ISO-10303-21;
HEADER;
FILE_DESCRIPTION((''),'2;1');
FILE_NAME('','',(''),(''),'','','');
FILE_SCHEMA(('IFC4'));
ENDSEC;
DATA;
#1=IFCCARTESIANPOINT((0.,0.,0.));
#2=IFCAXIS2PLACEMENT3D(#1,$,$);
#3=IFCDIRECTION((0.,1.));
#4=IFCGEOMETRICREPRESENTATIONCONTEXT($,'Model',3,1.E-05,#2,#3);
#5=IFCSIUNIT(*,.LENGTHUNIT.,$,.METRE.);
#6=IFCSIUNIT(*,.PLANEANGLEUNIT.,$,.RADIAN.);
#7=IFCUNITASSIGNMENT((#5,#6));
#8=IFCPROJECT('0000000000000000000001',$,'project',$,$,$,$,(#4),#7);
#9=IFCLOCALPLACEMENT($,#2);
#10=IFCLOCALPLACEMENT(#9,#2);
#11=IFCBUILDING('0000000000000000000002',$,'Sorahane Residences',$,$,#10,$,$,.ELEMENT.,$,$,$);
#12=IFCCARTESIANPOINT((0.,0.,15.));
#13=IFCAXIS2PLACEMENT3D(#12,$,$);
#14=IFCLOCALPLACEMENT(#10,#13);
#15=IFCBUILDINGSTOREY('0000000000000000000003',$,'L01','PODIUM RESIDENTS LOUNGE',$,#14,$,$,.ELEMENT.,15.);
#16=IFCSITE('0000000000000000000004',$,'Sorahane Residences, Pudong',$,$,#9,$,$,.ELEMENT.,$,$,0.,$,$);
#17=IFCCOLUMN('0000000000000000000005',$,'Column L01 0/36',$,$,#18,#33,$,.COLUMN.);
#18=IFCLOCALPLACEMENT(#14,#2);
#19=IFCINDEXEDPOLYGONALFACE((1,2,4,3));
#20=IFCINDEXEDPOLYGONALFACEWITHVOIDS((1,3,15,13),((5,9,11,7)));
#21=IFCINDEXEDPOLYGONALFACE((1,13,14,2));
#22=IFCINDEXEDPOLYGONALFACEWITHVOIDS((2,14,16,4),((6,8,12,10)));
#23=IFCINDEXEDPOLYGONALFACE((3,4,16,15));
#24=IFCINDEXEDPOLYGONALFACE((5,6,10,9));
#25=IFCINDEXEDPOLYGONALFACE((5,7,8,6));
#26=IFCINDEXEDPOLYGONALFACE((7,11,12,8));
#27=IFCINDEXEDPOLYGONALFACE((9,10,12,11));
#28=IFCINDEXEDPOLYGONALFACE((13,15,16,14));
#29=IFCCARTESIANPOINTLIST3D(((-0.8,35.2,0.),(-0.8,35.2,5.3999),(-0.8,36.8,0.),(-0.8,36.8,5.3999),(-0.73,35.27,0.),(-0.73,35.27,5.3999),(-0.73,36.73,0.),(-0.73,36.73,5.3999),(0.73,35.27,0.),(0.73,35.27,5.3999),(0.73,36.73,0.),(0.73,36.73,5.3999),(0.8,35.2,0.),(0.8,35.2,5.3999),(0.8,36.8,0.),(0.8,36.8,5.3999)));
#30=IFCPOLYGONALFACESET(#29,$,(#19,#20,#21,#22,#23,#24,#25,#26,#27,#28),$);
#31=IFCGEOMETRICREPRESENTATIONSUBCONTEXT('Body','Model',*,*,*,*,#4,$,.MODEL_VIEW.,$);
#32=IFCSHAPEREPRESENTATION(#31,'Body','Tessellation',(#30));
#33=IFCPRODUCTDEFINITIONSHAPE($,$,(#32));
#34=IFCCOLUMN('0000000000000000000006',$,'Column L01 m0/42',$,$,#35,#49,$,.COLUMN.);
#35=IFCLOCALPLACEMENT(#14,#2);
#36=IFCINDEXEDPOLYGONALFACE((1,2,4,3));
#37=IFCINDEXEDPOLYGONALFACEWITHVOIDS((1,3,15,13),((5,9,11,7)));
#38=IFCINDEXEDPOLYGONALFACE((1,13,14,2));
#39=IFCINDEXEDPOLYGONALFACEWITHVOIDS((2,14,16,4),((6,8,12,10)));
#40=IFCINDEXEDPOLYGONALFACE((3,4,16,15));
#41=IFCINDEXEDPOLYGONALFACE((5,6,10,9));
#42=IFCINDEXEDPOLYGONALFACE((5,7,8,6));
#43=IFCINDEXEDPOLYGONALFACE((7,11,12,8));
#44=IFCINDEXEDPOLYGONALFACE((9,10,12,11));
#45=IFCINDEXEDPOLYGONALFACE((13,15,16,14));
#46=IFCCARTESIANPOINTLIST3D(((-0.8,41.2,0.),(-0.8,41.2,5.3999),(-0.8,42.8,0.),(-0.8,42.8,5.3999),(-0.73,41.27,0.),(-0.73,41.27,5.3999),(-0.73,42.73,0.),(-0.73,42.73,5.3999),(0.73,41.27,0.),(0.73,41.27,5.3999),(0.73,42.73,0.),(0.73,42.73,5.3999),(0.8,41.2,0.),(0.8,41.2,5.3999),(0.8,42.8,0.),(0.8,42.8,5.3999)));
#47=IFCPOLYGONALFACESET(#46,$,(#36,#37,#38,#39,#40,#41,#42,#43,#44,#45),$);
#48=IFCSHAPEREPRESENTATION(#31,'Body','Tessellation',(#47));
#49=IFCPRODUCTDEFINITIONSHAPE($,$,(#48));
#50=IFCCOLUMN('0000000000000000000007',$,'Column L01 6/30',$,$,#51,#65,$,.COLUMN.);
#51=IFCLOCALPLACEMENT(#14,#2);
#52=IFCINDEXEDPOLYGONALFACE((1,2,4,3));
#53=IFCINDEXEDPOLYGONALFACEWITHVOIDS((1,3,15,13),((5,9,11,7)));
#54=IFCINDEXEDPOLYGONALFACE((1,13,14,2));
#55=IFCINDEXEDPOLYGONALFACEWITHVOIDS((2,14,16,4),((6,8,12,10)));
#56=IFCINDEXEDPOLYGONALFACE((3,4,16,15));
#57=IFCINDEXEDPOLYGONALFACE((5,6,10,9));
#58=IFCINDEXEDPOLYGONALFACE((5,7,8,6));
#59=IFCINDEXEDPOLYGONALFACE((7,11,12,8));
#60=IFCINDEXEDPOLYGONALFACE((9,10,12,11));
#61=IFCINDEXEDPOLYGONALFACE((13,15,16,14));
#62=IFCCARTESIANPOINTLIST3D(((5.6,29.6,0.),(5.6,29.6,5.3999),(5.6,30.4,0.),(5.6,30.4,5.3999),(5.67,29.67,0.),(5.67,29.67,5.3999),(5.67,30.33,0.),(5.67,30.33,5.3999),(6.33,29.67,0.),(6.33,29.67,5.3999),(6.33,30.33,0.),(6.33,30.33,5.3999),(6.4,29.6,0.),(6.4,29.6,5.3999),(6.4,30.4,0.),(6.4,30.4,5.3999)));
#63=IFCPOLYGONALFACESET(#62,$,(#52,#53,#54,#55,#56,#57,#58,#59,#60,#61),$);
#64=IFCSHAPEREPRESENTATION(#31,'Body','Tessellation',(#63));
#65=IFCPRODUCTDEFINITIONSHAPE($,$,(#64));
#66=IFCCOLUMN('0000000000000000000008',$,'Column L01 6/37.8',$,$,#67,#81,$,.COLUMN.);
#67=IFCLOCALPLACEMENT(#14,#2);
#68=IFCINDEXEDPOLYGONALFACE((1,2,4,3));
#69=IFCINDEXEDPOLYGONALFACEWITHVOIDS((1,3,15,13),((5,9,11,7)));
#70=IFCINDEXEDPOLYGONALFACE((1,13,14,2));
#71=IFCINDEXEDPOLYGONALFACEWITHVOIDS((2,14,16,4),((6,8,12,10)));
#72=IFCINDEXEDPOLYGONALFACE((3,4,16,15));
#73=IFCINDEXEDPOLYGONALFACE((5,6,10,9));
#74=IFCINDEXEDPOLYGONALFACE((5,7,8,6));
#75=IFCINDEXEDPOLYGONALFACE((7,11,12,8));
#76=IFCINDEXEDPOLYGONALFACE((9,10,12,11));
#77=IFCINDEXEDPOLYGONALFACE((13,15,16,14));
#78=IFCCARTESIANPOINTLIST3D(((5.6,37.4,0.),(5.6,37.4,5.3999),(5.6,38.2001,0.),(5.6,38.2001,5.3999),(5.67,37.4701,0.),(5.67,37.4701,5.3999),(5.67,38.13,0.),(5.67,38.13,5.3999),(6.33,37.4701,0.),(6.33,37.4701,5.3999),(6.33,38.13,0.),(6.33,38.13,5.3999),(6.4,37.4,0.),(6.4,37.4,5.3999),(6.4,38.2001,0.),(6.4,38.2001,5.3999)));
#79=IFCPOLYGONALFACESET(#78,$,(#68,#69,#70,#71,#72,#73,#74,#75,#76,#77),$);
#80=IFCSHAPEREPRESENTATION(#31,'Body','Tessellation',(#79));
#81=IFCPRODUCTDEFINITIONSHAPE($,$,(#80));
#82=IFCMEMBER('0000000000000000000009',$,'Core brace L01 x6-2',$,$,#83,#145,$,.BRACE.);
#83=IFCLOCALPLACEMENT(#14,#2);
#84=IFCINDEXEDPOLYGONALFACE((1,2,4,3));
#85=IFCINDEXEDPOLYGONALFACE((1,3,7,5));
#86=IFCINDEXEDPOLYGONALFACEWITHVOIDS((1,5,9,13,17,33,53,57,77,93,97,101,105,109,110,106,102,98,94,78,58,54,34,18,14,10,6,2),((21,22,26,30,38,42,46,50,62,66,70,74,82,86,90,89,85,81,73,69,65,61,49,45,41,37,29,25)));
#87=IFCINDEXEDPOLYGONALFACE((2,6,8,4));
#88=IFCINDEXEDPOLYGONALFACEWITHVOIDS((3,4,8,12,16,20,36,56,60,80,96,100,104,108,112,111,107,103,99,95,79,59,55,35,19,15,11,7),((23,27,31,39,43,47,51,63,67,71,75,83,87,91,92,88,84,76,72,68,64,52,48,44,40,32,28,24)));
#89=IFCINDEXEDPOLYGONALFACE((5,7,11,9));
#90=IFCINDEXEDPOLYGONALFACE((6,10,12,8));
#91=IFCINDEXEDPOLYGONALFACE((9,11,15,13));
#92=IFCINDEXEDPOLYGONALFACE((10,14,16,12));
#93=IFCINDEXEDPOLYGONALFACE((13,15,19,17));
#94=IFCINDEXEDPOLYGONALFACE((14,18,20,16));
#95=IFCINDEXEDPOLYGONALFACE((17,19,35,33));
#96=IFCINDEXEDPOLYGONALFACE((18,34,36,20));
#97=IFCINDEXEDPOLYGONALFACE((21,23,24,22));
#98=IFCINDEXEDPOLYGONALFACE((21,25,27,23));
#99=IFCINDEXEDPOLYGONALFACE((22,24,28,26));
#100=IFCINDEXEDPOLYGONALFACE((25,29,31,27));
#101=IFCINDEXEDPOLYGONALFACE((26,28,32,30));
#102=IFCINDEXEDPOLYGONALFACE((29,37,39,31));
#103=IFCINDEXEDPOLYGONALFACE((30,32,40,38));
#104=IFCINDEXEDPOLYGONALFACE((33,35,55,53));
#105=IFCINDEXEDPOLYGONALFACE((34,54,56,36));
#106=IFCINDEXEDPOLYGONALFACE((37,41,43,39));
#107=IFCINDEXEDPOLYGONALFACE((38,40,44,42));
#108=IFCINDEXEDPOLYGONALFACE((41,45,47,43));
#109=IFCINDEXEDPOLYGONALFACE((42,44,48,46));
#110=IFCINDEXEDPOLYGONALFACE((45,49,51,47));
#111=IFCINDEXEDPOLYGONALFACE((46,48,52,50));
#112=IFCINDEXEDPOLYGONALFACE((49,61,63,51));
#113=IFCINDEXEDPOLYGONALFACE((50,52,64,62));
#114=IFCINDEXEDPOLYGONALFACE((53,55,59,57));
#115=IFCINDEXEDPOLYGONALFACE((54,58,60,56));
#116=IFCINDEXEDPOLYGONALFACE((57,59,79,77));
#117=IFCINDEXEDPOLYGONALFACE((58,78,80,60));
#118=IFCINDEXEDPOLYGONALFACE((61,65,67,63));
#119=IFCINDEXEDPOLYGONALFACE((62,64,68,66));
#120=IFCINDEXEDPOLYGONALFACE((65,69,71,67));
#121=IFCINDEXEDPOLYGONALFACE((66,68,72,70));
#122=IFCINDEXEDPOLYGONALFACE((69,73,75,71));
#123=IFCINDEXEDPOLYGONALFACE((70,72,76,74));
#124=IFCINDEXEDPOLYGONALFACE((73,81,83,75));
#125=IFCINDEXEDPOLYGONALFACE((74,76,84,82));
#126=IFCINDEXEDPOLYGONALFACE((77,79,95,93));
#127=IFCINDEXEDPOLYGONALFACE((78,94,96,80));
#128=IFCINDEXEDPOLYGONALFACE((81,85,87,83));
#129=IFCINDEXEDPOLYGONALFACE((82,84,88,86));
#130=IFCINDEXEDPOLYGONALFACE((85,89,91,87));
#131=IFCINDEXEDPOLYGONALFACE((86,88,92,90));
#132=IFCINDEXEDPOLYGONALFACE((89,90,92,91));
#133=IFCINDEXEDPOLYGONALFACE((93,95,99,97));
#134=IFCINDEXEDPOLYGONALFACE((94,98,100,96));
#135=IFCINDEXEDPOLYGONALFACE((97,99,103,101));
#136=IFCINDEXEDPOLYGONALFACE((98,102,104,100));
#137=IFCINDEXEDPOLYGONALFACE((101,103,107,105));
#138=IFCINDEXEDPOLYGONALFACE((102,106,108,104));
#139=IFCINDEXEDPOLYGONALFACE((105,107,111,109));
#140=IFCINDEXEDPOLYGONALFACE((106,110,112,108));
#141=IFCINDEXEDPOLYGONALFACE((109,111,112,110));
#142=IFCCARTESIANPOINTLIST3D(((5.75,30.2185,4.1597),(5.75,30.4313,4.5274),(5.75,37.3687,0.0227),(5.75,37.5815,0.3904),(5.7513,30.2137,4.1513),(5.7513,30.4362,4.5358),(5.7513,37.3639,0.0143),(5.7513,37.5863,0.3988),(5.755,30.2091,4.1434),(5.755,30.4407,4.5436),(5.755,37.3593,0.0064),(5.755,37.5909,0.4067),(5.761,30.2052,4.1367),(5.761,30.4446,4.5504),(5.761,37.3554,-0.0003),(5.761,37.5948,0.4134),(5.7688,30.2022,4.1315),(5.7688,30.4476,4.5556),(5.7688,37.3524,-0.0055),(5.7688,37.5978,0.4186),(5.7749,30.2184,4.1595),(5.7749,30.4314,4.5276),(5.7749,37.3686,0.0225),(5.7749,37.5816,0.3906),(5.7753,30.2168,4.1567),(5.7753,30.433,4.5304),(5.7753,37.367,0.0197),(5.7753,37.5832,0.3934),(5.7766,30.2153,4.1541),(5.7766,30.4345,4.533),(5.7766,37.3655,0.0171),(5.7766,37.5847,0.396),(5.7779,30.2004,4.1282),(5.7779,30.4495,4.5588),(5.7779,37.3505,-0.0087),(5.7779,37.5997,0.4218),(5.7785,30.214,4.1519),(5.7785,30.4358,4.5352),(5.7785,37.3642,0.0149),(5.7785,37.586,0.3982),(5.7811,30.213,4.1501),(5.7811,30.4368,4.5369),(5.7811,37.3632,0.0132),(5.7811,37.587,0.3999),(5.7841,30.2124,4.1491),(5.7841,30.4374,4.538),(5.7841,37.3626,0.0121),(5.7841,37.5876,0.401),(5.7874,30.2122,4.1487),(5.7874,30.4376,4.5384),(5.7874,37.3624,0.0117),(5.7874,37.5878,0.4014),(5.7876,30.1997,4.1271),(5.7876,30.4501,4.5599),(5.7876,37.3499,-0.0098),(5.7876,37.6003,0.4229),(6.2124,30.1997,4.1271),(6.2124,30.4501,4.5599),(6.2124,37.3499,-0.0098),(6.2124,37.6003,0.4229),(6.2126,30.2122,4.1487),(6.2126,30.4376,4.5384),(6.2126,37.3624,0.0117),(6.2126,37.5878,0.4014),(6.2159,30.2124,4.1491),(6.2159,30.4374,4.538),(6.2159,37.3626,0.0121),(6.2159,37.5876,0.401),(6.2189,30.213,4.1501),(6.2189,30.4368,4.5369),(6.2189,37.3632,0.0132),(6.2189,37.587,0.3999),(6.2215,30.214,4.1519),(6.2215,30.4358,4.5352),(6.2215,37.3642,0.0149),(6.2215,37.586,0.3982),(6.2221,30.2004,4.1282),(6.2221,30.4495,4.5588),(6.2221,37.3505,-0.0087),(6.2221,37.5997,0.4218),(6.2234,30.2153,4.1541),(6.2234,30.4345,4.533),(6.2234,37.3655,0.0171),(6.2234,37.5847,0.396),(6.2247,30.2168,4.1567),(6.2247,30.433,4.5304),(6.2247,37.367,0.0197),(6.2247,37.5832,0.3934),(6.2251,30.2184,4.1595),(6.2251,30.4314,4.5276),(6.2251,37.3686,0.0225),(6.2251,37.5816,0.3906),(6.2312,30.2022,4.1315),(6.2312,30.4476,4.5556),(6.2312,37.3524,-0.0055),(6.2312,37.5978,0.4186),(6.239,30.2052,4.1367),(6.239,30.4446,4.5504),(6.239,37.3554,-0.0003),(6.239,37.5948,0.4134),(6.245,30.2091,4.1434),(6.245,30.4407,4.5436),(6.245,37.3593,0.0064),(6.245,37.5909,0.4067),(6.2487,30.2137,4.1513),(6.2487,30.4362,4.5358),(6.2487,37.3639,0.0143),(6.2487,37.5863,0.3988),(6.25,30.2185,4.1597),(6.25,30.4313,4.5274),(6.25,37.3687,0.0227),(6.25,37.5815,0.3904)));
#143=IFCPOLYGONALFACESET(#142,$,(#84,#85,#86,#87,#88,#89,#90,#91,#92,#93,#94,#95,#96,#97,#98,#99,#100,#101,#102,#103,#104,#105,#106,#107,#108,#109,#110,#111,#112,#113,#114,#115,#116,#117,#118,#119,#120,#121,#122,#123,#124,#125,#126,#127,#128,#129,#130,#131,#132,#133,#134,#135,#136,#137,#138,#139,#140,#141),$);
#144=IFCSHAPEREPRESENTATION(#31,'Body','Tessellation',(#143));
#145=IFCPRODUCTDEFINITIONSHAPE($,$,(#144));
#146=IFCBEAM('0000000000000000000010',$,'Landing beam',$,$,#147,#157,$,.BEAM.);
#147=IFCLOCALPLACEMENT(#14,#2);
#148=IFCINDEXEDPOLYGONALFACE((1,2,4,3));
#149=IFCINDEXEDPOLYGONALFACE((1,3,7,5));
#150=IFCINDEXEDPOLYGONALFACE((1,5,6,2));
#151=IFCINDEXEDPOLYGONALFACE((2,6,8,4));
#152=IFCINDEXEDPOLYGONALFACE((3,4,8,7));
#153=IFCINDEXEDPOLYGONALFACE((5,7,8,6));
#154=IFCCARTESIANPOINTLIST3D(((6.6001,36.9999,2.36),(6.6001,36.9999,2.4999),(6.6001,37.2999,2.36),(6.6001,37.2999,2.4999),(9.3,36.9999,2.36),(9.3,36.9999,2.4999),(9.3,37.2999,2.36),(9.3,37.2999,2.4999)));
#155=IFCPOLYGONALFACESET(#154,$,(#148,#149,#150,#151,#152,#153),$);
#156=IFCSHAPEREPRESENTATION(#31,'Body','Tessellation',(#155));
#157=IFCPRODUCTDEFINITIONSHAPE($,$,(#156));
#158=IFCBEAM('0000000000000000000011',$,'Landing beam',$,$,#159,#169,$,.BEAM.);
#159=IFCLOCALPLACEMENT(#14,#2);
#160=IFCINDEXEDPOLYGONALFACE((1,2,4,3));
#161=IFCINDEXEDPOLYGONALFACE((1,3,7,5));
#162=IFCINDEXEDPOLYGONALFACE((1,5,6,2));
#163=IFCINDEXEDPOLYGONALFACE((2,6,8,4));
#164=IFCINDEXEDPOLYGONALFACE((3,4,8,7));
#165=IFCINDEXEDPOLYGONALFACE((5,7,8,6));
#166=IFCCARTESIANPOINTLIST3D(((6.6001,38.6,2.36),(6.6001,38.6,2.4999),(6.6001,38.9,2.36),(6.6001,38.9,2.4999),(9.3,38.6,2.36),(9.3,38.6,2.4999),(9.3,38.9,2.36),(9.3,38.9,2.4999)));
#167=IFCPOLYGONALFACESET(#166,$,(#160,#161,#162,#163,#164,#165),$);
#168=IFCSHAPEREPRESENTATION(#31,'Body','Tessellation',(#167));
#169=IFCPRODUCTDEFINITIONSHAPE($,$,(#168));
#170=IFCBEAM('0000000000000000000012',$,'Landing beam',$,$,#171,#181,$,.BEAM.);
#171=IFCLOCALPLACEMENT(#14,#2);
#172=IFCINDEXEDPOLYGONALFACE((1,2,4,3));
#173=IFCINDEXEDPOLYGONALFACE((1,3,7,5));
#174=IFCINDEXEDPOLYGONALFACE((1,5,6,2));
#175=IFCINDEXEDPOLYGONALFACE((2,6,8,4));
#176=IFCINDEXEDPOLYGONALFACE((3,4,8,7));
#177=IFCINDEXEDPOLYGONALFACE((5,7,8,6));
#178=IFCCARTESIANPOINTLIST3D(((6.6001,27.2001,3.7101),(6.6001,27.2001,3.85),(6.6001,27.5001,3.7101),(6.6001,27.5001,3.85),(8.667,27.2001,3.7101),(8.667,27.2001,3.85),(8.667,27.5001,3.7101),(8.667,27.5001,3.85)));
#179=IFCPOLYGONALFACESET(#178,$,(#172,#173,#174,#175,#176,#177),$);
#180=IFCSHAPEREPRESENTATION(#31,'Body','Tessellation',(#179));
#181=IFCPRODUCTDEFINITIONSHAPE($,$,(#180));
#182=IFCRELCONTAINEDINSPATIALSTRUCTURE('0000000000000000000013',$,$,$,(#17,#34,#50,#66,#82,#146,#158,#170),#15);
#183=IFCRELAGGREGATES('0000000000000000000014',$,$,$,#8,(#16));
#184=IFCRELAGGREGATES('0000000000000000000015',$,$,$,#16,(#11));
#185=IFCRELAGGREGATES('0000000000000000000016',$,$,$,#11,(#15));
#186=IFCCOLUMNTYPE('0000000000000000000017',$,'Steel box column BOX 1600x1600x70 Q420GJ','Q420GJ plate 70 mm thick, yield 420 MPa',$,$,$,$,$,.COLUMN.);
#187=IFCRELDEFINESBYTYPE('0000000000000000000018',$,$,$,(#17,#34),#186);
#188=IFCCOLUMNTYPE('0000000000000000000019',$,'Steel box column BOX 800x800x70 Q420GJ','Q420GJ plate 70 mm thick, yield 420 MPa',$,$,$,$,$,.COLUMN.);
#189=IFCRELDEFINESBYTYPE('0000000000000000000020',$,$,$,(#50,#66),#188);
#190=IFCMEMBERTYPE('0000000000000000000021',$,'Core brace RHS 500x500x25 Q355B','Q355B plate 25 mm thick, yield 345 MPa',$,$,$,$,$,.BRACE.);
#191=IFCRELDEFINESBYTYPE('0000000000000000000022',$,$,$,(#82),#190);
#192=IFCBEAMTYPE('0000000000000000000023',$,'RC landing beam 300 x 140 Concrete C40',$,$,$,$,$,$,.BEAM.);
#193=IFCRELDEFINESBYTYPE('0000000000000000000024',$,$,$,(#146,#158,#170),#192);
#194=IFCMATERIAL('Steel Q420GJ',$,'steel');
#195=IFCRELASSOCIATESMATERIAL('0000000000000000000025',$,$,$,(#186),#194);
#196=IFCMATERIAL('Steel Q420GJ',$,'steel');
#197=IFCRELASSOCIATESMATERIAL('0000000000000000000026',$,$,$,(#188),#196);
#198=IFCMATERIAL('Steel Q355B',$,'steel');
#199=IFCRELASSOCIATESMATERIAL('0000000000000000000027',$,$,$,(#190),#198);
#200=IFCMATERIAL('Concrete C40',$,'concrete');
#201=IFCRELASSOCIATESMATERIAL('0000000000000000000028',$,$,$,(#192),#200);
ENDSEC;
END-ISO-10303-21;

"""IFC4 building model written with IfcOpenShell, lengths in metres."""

from ifc_helpers import new_model, si_unit, direction, frame, origin, origin_2d, place, context, subcontext, project, spatial, rectangle, hollow_rectangle, extrude, material, material_profile, profile_set, type_object, element, save


model = new_model("IFC4")

# Units and contexts
model_context = context("Model", 3, precision=1e-05, world=origin(), true_north=direction((0.0, 1.0)))
body_context = subcontext(model_context, "Body", "Model", "MODEL_VIEW")
ifc_project = project(units=[si_unit("LENGTHUNIT", "METRE"), si_unit("PLANEANGLEUNIT", "RADIAN")], contexts=[model_context])

# Site, building, storey
site_placement = place(None, origin())
site = spatial("IfcSite", under=ifc_project, at=site_placement, Name="Sorahane Residences, Pudong", CompositionType="ELEMENT", RefElevation=0.0)
building_placement = place(site_placement, origin())
building = spatial("IfcBuilding", under=site, at=building_placement, Name="Sorahane Residences", CompositionType="ELEMENT")
storey_placement = place(building_placement, frame((0.0, 0.0, 15.0)))
storey = spatial("IfcBuildingStorey", under=building, at=storey_placement, Name="L01", Description="PODIUM RESIDENTS LOUNGE", CompositionType="ELEMENT", Elevation=15.0)

# Columns
ifc_material_1 = material(Name="Steel Q420GJ", Category="steel")
ifc_material_profile_1 = material_profile(ifc_material_1, hollow_rectangle(XDim=1.6001, YDim=1.6001, WallThickness=0.0701, at=origin_2d()), Name="BOX 1600x1600x70")
ifc_profile_set_1 = profile_set([ifc_material_profile_1], Name="Steel Q420GJ")
column_type_1 = type_object("IfcColumnType", Name="Steel box column BOX 1600x1600x70 Q420GJ", Description="Q420GJ plate 70 mm thick, yield 420 MPa", PredefinedType="COLUMN", material=ifc_profile_set_1)
for number, where, z_axis, x_axis, name in (
    (1, (0.0, 36.0, 0.0), (0.0, 0.0, 1.0), (1.0, 0.0, 0.0), "Column L01 0/36"),
    (2, (0.0, 42.0, 0.0), (0.0, 0.0, 1.0), (1.0, 0.0, 0.0), "Column L01 m0/42"),
):
    element("IfcColumn", number, at=place(storey_placement, frame(where, z_axis=z_axis, x_axis=x_axis)), inside=storey, type_object=column_type_1, Name=name, PredefinedType="COLUMN", context=body_context, shape_type="SweptSolid", body=[
        extrude(hollow_rectangle(XDim=1.6001, YDim=1.6001, WallThickness=0.0701, at=origin_2d()), origin(), (0.0, 0.0, 1.0), 5.3999),
    ])
ifc_material_2 = material(Name="Steel Q420GJ", Category="steel")
ifc_material_profile_2 = material_profile(ifc_material_2, hollow_rectangle(XDim=0.8, YDim=0.8, WallThickness=0.0701, at=origin_2d()), Name="BOX 800x800x70")
ifc_profile_set_2 = profile_set([ifc_material_profile_2], Name="Steel Q420GJ")
column_type_2 = type_object("IfcColumnType", Name="Steel box column BOX 800x800x70 Q420GJ", Description="Q420GJ plate 70 mm thick, yield 420 MPa", PredefinedType="COLUMN", material=ifc_profile_set_2)
for number, where, z_axis, x_axis, name in (
    (3, (6.0, 30.0, 0.0), (0.0, 0.0, 1.0), (1.0, 0.0, 0.0), "Column L01 6/30"),
    (4, (6.0, 37.8, 0.0), (0.0, 0.0, 1.0), (1.0, 0.0, 0.0), "Column L01 6/37.8"),
):
    element("IfcColumn", number, at=place(storey_placement, frame(where, z_axis=z_axis, x_axis=x_axis)), inside=storey, type_object=column_type_2, Name=name, PredefinedType="COLUMN", context=body_context, shape_type="SweptSolid", body=[
        extrude(hollow_rectangle(XDim=0.8, YDim=0.8, WallThickness=0.0701, at=origin_2d()), origin(), (0.0, 0.0, 1.0), 5.3999),
    ])

# Member
ifc_material_3 = material(Name="Steel Q355B", Category="steel")
ifc_material_profile_3 = material_profile(ifc_material_3, hollow_rectangle(XDim=0.5, YDim=0.5, WallThickness=0.0249, InnerFilletRadius=0.0125, OuterFilletRadius=0.0376, at=origin_2d()), Name="RHS 500x500x25")
ifc_profile_set_3 = profile_set([ifc_material_profile_3], Name="Steel Q355B")
member_type = type_object("IfcMemberType", Name="Core brace RHS 500x500x25 Q355B", Description="Q355B plate 25 mm thick, yield 345 MPa", PredefinedType="BRACE", material=ifc_profile_set_3)
member_placement = place(storey_placement, frame((6.0, 37.4751, 0.2065), z_axis=(0.0, -0.865562, 0.500801), x_axis=(1.0, 0.0, 0.0)))
element("IfcMember", 5, at=member_placement, inside=storey, type_object=member_type, Name="Core brace L01 x6-2", PredefinedType="BRACE", context=body_context, shape_type="SweptSolid", body=[
    extrude(hollow_rectangle(XDim=0.5, YDim=0.5, WallThickness=0.0249, InnerFilletRadius=0.0125, OuterFilletRadius=0.0376, at=origin_2d()), origin(), (0.0, 0.0, 1.0), 8.2607),
])

# Beams
ifc_material_4 = material(Name="Concrete C40", Category="concrete")
ifc_material_profile_4 = material_profile(ifc_material_4, rectangle(XDim=0.3, YDim=0.1399, at=origin_2d()), Name="300x140")
ifc_profile_set_4 = profile_set([ifc_material_profile_4], Name="Concrete C40")
beam_type_1 = type_object("IfcBeamType", Name="RC landing beam 300 x 140 Concrete C40", PredefinedType="BEAM", material=ifc_profile_set_4)
for number, where, z_axis, x_axis, name in (
    (6, (6.6001, 37.1499, 2.4299), (1.0, 0.0, 0.0), (0.0, 1.0, 0.0), "Landing beam"),
    (7, (6.6001, 38.75, 2.4299), (1.0, 0.0, 0.0), (0.0, 1.0, 0.0), "Landing beam"),
):
    element("IfcBeam", number, at=place(storey_placement, frame(where, z_axis=z_axis, x_axis=x_axis)), inside=storey, type_object=beam_type_1, Name=name, PredefinedType="BEAM", context=body_context, shape_type="SweptSolid", body=[
        extrude(rectangle(XDim=0.3, YDim=0.1399, at=origin_2d()), origin(), (0.0, 0.0, 1.0), 2.7),
    ])
beam_1_placement = place(storey_placement, frame((6.6001, 27.3501, 3.78), z_axis=(1.0, 0.0, 0.0), x_axis=(0.0, 1.0, 0.0)))
element("IfcBeam", 8, at=beam_1_placement, inside=storey, type_object=beam_type_1, Name="Landing beam", PredefinedType="BEAM", context=body_context, shape_type="SweptSolid", body=[
    extrude(rectangle(XDim=0.3, YDim=0.1399, at=origin_2d()), origin(), (0.0, 0.0, 1.0), 2.0669),
])

save(model, "model.ifc")
